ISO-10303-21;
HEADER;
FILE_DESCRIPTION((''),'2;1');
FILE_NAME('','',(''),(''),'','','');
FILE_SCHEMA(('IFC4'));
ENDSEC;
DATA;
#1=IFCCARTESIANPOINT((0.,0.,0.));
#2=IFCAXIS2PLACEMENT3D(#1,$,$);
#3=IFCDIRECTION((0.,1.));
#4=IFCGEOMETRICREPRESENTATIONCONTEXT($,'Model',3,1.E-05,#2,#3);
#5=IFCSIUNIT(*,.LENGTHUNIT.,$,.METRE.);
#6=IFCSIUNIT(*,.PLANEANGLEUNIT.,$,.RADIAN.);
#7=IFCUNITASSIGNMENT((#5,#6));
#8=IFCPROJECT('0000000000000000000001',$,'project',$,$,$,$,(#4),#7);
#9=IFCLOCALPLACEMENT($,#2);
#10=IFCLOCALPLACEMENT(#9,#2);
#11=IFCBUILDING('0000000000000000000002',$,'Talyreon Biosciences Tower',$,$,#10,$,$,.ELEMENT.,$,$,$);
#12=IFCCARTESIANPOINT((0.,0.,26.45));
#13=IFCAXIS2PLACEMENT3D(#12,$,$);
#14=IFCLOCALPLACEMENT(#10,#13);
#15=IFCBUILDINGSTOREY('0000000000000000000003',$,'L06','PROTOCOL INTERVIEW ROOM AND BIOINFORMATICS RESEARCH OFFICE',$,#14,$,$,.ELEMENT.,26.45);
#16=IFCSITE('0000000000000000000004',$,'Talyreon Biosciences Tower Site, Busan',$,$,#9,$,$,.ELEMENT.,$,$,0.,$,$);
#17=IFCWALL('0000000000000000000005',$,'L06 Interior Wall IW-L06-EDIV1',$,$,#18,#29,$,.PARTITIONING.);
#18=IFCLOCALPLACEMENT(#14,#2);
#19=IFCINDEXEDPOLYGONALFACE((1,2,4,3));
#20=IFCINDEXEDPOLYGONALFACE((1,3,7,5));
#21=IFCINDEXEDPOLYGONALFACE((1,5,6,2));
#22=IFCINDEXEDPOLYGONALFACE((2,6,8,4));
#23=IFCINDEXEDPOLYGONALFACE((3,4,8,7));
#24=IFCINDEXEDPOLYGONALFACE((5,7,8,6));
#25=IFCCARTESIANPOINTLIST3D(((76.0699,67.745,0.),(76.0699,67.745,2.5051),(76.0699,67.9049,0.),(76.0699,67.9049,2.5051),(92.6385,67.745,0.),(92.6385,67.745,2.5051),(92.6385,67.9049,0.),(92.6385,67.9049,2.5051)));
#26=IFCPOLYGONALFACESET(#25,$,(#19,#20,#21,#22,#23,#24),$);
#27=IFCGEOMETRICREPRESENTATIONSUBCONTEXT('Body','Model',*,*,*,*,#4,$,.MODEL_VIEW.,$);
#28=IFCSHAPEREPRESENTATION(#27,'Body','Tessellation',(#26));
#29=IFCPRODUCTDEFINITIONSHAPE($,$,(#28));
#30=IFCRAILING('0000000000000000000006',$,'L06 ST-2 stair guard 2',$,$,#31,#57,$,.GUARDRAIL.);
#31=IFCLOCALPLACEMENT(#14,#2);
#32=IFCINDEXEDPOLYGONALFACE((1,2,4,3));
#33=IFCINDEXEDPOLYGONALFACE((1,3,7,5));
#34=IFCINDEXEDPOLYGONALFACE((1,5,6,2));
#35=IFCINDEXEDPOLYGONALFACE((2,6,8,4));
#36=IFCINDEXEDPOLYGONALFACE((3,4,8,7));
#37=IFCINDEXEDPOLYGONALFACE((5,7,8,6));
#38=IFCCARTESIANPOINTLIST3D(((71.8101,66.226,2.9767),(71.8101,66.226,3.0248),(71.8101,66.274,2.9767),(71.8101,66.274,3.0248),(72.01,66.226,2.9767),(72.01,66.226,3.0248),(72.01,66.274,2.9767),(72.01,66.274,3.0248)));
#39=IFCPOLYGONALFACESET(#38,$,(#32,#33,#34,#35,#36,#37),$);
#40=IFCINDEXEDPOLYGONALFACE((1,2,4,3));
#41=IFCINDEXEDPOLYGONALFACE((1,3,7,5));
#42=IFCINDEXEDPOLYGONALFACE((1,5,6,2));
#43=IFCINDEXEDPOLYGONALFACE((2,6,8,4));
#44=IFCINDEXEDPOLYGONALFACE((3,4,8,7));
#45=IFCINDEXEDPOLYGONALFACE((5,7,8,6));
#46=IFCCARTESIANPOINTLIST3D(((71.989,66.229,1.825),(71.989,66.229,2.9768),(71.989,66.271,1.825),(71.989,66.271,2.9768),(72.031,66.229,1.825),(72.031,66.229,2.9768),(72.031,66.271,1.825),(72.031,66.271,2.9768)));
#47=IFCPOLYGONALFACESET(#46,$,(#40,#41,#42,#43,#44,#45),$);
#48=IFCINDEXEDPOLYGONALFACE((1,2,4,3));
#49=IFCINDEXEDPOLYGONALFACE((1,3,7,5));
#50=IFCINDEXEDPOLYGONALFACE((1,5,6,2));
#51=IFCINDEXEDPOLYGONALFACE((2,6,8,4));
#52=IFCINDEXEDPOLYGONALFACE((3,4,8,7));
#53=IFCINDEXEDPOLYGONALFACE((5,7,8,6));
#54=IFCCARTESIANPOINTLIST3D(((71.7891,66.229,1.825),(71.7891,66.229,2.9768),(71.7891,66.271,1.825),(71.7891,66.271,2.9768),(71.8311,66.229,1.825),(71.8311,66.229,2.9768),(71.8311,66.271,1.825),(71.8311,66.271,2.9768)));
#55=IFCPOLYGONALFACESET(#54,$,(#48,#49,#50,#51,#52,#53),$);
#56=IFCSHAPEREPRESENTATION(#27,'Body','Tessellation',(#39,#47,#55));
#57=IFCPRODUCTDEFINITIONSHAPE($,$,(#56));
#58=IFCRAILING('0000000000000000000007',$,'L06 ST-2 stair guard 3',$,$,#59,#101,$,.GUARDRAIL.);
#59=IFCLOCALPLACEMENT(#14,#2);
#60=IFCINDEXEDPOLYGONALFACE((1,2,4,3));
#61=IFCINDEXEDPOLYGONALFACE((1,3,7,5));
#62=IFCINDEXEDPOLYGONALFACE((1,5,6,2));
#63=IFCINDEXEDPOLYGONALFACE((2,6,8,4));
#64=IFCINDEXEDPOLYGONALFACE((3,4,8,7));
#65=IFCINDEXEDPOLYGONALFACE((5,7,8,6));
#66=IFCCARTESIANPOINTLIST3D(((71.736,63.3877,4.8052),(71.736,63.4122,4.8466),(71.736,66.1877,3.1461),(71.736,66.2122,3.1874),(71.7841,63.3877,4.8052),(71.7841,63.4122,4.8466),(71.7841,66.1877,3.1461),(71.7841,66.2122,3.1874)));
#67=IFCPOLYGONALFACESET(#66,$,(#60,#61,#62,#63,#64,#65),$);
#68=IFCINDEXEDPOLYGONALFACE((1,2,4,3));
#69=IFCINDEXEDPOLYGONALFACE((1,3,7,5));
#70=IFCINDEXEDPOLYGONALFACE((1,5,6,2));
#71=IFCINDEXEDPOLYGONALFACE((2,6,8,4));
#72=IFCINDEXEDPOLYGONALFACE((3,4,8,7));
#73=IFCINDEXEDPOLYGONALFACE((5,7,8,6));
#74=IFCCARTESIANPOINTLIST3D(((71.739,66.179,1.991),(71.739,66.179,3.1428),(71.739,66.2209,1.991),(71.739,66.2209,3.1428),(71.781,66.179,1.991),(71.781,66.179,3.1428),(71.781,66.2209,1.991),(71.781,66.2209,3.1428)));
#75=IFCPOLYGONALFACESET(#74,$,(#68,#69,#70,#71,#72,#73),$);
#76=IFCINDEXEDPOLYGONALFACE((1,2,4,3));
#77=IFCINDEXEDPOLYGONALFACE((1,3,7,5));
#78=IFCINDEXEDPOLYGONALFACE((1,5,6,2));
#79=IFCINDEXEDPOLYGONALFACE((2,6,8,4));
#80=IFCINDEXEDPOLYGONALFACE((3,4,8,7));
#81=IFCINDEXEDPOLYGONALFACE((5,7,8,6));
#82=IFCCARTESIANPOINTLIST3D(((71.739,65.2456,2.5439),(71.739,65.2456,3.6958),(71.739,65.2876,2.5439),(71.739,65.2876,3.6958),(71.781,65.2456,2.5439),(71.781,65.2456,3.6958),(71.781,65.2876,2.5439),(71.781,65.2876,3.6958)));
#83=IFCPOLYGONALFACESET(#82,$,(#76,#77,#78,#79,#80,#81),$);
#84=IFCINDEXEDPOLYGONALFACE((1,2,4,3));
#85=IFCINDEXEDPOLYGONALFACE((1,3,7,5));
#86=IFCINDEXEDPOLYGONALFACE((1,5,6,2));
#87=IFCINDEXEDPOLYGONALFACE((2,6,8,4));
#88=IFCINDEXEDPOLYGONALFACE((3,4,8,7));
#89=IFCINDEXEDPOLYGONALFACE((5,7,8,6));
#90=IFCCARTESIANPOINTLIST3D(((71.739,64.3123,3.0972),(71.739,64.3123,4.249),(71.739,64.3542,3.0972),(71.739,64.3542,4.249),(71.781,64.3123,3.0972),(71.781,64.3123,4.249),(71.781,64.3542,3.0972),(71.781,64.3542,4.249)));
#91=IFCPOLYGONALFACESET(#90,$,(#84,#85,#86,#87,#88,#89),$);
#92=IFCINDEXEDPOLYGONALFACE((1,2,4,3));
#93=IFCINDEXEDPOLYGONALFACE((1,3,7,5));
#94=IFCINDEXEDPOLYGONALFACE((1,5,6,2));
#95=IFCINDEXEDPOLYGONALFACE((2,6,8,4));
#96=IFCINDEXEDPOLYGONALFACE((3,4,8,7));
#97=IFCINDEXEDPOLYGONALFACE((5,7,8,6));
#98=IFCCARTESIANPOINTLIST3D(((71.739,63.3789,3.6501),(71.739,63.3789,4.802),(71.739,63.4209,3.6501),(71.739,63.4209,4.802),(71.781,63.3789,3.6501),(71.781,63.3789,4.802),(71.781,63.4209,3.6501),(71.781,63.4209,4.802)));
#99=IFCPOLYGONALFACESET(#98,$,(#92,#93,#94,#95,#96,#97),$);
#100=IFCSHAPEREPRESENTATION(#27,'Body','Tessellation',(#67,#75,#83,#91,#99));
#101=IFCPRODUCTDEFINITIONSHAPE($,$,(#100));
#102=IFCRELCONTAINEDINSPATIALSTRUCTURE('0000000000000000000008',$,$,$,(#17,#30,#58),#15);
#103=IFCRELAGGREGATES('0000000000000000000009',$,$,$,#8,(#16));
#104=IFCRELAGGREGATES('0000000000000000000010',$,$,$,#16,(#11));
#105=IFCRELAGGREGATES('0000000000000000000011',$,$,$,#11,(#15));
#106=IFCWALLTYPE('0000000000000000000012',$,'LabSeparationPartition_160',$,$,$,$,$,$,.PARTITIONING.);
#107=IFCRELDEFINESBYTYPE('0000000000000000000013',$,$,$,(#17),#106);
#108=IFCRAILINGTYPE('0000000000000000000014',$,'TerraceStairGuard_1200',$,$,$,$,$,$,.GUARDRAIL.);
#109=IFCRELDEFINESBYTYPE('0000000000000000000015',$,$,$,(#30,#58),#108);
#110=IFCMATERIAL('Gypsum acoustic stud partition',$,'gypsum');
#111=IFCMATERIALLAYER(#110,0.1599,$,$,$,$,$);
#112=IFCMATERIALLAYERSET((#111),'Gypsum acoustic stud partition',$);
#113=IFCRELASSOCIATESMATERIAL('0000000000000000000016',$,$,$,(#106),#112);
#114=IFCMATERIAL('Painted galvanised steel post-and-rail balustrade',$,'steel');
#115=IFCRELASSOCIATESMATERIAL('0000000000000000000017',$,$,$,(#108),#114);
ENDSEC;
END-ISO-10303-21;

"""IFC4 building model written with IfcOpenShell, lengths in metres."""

from ifc_helpers import new_model, si_unit, direction, frame, frame_2d, origin, origin_2d, place, context, subcontext, project, spatial, rectangle, extrude, material, layer, layer_set, type_object, element, save


model = new_model("IFC4")

# Units and contexts
model_context = context("Model", 3, precision=1e-05, world=origin(), true_north=direction((0.0, 1.0)))
body_context = subcontext(model_context, "Body", "Model", "MODEL_VIEW")
ifc_project = project(units=[si_unit("LENGTHUNIT", "METRE"), si_unit("PLANEANGLEUNIT", "RADIAN")], contexts=[model_context])

# Site, building, storey
site_placement = place(None, origin())
site = spatial("IfcSite", under=ifc_project, at=site_placement, Name="Talyreon Biosciences Tower Site, Busan", CompositionType="ELEMENT", RefElevation=0.0)
building_placement = place(site_placement, origin())
building = spatial("IfcBuilding", under=site, at=building_placement, Name="Talyreon Biosciences Tower", CompositionType="ELEMENT")
storey_placement = place(building_placement, frame((0.0, 0.0, 26.45)))
storey = spatial("IfcBuildingStorey", under=building, at=storey_placement, Name="L06", Description="PROTOCOL INTERVIEW ROOM AND BIOINFORMATICS RESEARCH OFFICE", CompositionType="ELEMENT", Elevation=26.45)

# Wall
ifc_material_1 = material(Name="Gypsum acoustic stud partition", Category="gypsum")
ifc_layer_1 = layer(ifc_material_1, 0.1599)
ifc_layer_set_1 = layer_set([ifc_layer_1], Name="Gypsum acoustic stud partition")
wall_type_1 = type_object("IfcWallType", Name="LabSeparationPartition_160", PredefinedType="PARTITIONING", material=ifc_layer_set_1)
wall_1_placement = place(storey_placement, frame((76.0701, 67.825, 0.0), z_axis=(0.0, 0.0, 1.0), x_axis=(1.0, 0.0, 0.0)))
element("IfcWall", 1, at=wall_1_placement, inside=storey, type_object=wall_type_1, Name="L06 Interior Wall IW-L06-EDIV1", PredefinedType="PARTITIONING", context=body_context, shape_type="SweptSolid", body=[
    extrude(rectangle(XDim=16.5686, YDim=0.1599, at=frame_2d((8.2842, 0.0))), origin(), (0.0, 0.0, 1.0), 2.5051),
])

# Railings
ifc_material_2 = material(Name="Painted galvanised steel post-and-rail balustrade", Category="steel")
railing_type = type_object("IfcRailingType", Name="TerraceStairGuard_1200", PredefinedType="GUARDRAIL", material=ifc_material_2)
railing_1_placement = place(storey_placement, frame((72.01, 66.25, 1.825)))
element("IfcRailing", 2, at=railing_1_placement, inside=storey, type_object=railing_type, Name="L06 ST-2 stair guard 2", PredefinedType="GUARDRAIL", context=body_context, shape_type="SweptSolid", body=[
    extrude(rectangle(XDim=0.0481, YDim=0.0481, at=origin_2d()), frame((0.0, 0.0, 1.1758), z_axis=(-1.0, 0.0, 0.0), x_axis=(0.0, -1.0, 0.0)), (0.0, 0.0, 1.0), 0.2),
    extrude(rectangle(XDim=0.042, YDim=0.042, at=origin_2d()), origin(), (0.0, 0.0, 1.0), 1.1519),
    extrude(rectangle(XDim=0.042, YDim=0.042, at=origin_2d()), frame((-0.2, 0.0, 0.0)), (0.0, 0.0, 1.0), 1.1519),
])
railing_2_placement = place(storey_placement, frame((71.76, 66.2, 1.991)))
element("IfcRailing", 3, at=railing_2_placement, inside=storey, type_object=railing_type, Name="L06 ST-2 stair guard 3", PredefinedType="GUARDRAIL", context=body_context, shape_type="SweptSolid", body=[
    extrude(rectangle(XDim=0.0481, YDim=0.0481, at=origin_2d()), frame((0.0, 0.0, 1.1758), z_axis=(0.0, -0.860306, 0.509778), x_axis=(1.0, 0.0, 0.0)), (0.0, 0.0, 1.0), 3.2546),
    extrude(rectangle(XDim=0.042, YDim=0.042, at=origin_2d()), origin(), (0.0, 0.0, 1.0), 1.1519),
    extrude(rectangle(XDim=0.042, YDim=0.042, at=origin_2d()), frame((0.0, -0.9333, 0.553)), (0.0, 0.0, 1.0), 1.1519),
    extrude(rectangle(XDim=0.042, YDim=0.042, at=origin_2d()), frame((0.0, -1.8667, 1.1062)), (0.0, 0.0, 1.0), 1.1519),
    extrude(rectangle(XDim=0.042, YDim=0.042, at=origin_2d()), frame((0.0, -2.8, 1.6592)), (0.0, 0.0, 1.0), 1.1519),
])

save(model, "model.ifc")
